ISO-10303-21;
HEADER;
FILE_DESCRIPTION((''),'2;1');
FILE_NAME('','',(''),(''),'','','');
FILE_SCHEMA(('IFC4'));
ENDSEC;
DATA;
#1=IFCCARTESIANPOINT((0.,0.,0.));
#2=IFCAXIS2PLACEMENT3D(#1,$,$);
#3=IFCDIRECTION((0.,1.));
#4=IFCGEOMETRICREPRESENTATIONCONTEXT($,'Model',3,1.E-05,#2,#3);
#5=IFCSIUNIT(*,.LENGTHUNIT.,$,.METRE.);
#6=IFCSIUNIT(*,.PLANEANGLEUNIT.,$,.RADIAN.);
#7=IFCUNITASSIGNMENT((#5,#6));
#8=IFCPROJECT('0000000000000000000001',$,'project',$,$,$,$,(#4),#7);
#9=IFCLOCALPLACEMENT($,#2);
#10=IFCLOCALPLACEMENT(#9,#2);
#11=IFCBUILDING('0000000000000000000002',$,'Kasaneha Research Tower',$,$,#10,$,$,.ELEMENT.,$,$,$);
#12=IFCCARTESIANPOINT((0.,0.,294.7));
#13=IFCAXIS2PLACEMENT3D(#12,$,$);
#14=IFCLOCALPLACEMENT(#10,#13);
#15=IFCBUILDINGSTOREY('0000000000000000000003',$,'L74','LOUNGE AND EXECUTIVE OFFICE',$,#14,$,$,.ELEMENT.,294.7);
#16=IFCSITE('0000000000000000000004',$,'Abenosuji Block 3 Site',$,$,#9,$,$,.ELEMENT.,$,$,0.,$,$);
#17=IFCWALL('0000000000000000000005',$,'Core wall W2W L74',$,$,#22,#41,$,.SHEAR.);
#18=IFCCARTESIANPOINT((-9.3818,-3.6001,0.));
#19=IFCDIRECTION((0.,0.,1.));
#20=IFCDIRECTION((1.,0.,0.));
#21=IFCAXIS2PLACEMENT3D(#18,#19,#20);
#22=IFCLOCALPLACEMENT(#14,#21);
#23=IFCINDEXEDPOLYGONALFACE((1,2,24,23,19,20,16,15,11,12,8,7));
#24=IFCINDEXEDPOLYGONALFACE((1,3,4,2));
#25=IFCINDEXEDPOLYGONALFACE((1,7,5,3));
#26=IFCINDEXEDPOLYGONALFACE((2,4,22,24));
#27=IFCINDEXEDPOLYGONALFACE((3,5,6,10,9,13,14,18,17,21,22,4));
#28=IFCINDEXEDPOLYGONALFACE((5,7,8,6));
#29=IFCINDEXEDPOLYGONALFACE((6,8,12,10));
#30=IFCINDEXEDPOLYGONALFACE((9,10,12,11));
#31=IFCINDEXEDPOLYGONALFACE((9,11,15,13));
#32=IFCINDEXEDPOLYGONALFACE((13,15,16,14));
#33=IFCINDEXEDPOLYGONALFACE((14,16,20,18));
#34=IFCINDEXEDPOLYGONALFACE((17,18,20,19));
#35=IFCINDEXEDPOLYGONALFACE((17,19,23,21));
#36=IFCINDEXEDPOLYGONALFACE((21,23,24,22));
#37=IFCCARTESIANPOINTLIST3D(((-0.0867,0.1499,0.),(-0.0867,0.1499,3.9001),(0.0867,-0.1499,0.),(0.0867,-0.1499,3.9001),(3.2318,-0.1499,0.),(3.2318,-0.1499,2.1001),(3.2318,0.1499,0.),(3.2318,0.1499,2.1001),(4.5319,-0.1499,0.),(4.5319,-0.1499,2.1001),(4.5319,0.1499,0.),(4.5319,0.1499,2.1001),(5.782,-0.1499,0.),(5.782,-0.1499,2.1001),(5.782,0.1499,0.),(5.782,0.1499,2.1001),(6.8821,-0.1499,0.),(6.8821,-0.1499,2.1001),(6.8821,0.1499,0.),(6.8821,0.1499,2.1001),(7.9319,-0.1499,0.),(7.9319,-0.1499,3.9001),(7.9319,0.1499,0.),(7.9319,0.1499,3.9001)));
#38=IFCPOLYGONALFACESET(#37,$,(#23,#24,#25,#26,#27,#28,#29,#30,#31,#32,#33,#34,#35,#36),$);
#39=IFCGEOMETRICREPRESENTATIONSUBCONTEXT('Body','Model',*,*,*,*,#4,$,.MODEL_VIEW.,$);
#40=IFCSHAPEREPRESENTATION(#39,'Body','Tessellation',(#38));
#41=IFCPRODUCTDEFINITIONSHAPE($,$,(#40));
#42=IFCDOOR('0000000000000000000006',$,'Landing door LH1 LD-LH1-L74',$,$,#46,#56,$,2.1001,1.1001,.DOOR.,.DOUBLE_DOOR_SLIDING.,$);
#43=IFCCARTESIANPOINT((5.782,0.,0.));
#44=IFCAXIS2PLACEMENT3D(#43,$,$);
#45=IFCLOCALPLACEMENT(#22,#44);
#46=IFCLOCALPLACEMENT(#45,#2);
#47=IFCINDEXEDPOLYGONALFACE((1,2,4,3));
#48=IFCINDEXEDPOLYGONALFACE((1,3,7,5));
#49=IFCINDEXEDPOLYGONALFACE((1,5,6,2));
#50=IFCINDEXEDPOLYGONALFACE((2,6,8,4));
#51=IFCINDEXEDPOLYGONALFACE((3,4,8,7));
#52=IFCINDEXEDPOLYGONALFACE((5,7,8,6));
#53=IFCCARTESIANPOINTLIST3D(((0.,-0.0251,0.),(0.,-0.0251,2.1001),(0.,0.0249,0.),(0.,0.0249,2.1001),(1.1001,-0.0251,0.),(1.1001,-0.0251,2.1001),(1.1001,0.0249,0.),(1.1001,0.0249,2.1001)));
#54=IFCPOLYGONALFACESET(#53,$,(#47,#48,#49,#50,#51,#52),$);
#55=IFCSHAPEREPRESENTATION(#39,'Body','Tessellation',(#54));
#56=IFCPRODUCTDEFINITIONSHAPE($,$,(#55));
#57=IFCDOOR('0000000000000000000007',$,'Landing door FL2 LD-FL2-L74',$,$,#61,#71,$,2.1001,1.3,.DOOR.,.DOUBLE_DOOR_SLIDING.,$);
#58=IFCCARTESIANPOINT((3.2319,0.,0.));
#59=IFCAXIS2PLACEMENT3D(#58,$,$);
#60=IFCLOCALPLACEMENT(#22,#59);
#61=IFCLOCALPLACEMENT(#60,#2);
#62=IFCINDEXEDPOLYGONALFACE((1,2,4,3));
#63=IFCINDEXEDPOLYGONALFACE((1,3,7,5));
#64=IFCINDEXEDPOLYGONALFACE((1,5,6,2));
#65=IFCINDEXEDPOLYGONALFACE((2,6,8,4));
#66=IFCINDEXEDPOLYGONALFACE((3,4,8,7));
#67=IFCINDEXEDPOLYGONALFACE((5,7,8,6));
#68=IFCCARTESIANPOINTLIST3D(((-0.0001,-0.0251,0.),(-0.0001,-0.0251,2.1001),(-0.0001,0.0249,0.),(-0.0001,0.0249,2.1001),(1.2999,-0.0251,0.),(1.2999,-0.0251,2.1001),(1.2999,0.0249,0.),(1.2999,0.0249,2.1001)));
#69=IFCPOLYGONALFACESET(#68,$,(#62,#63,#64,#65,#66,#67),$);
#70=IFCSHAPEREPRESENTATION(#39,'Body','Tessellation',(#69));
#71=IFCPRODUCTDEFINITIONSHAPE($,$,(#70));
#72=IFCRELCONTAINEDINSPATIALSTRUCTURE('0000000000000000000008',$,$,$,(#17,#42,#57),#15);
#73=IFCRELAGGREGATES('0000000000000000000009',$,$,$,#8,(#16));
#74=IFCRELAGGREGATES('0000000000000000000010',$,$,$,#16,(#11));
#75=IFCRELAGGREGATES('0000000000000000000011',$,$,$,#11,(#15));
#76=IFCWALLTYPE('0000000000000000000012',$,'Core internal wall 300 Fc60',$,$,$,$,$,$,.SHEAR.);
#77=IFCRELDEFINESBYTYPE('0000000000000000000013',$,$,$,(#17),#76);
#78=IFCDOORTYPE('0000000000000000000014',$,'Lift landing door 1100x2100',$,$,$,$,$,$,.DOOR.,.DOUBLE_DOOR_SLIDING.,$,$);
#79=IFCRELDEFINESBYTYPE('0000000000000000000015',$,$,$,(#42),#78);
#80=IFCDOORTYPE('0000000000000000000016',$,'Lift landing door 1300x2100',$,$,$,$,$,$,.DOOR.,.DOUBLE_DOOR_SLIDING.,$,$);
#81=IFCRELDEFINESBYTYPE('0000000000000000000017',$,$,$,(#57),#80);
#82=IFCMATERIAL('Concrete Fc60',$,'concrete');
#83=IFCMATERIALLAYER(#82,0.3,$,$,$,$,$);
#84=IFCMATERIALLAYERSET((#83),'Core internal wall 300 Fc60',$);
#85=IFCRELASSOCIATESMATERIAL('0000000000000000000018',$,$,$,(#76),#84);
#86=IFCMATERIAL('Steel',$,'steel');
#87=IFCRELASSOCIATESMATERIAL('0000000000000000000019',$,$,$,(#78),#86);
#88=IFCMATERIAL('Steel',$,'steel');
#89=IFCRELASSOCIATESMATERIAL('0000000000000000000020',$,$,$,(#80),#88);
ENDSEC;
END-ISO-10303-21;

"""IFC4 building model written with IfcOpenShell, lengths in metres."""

from ifc_helpers import new_model, si_unit, direction, frame, frame_2d, origin, place, context, subcontext, project, spatial, polyline, rectangle, outline, extrude, material, layer, layer_set, type_object, element, fill, save


model = new_model("IFC4")

# Units and contexts
model_context = context("Model", 3, precision=1e-05, world=origin(), true_north=direction((0.0, 1.0)))
body_context = subcontext(model_context, "Body", "Model", "MODEL_VIEW")
ifc_project = project(units=[si_unit("LENGTHUNIT", "METRE"), si_unit("PLANEANGLEUNIT", "RADIAN")], contexts=[model_context])

# Site, building, storey
site_placement = place(None, origin())
site = spatial("IfcSite", under=ifc_project, at=site_placement, Name="Abenosuji Block 3 Site", CompositionType="ELEMENT", RefElevation=0.0)
building_placement = place(site_placement, origin())
building = spatial("IfcBuilding", under=site, at=building_placement, Name="Kasaneha Research Tower", CompositionType="ELEMENT")
storey_placement = place(building_placement, frame((0.0, 0.0, 294.7)))
storey = spatial("IfcBuildingStorey", under=building, at=storey_placement, Name="L74", Description="LOUNGE AND EXECUTIVE OFFICE", CompositionType="ELEMENT", Elevation=294.7)

# Wall, openings, doors
ifc_material_1 = material(Name="Concrete Fc60", Category="concrete")
ifc_layer_1 = layer(ifc_material_1, 0.3)
ifc_layer_set_1 = layer_set([ifc_layer_1], Name="Core internal wall 300 Fc60")
wall_type_1 = type_object("IfcWallType", Name="Core internal wall 300 Fc60", PredefinedType="SHEAR", material=ifc_layer_set_1)
wall_1_placement = place(storey_placement, frame((-9.3818, -3.6001, 0.0), z_axis=(0.0, 0.0, 1.0), x_axis=(1.0, 0.0, 0.0)))
wall_1 = element("IfcWall", 1, at=wall_1_placement, inside=storey, type_object=wall_type_1, Name="Core wall W2W L74", PredefinedType="SHEAR", context=body_context, shape_type="SweptSolid", body=[
    extrude(outline(polyline([(0.0867, -0.1499), (3.2319, -0.1499), (4.532, -0.1499), (5.782, -0.1499), (6.8821, -0.1499), (7.9319, -0.1499), (7.9319, 0.1499), (6.8821, 0.1499), (5.782, 0.1499), (4.532, 0.1499), (3.2319, 0.1499), (-0.0867, 0.1499), (0.0867, -0.1499)])), origin(), (0.0, 0.0, 1.0), 3.9001),
])
opening_1_placement = place(wall_1_placement, frame((5.782, 0.0, 0.0)))
opening_1 = element("IfcOpeningElement", 2, at=opening_1_placement, cuts=wall_1, PredefinedType="OPENING", context=body_context, shape_type="SweptSolid", body=[
    extrude(rectangle(XDim=1.1001, YDim=2.1001, at=frame_2d((0.55, 1.05))), frame((0.0, 0.1602, 0.0), z_axis=(0.0, -1.0, 0.0), x_axis=(1.0, 0.0, 0.0)), (0.0, 0.0, 1.0), 0.3201),
])
opening_2_placement = place(wall_1_placement, frame((3.2319, 0.0, 0.0)))
opening_2 = element("IfcOpeningElement", 3, at=opening_2_placement, cuts=wall_1, PredefinedType="OPENING", context=body_context, shape_type="SweptSolid", body=[
    extrude(rectangle(XDim=1.3, YDim=2.1001, at=frame_2d((0.6499, 1.05))), frame((0.0, 0.1602, 0.0), z_axis=(0.0, -1.0, 0.0), x_axis=(1.0, 0.0, 0.0)), (0.0, 0.0, 1.0), 0.3201),
])
ifc_material_2 = material(Name="Steel", Category="steel")
door_type_1 = type_object("IfcDoorType", Name="Lift landing door 1100x2100", OperationType="DOUBLE_DOOR_SLIDING", PredefinedType="DOOR", material=ifc_material_2)
door_1_placement = place(opening_1_placement, origin())
door_1 = element("IfcDoor", 4, at=door_1_placement, inside=storey, type_object=door_type_1, Name="Landing door LH1 LD-LH1-L74", OperationType="DOUBLE_DOOR_SLIDING", OverallHeight=2.1001, OverallWidth=1.1001, PredefinedType="DOOR", context=body_context, shape_type="SweptSolid", body=[
    extrude(rectangle(XDim=1.1001, YDim=2.1001, at=frame_2d((0.55, 1.05))), frame((0.0, 0.0249, 0.0), z_axis=(0.0, -1.0, 0.0), x_axis=(1.0, 0.0, 0.0)), (0.0, 0.0, 1.0), 0.05),
])
fill(opening_1, door_1)
ifc_material_3 = material(Name="Steel", Category="steel")
door_type_2 = type_object("IfcDoorType", Name="Lift landing door 1300x2100", OperationType="DOUBLE_DOOR_SLIDING", PredefinedType="DOOR", material=ifc_material_3)
door_2_placement = place(opening_2_placement, origin())
door_2 = element("IfcDoor", 5, at=door_2_placement, inside=storey, type_object=door_type_2, Name="Landing door FL2 LD-FL2-L74", OperationType="DOUBLE_DOOR_SLIDING", OverallHeight=2.1001, OverallWidth=1.3, PredefinedType="DOOR", context=body_context, shape_type="SweptSolid", body=[
    extrude(rectangle(XDim=1.3, YDim=2.1001, at=frame_2d((0.6499, 1.05))), frame((0.0, 0.0249, 0.0), z_axis=(0.0, -1.0, 0.0), x_axis=(1.0, 0.0, 0.0)), (0.0, 0.0, 1.0), 0.05),
])
fill(opening_2, door_2)

save(model, "model.ifc")
